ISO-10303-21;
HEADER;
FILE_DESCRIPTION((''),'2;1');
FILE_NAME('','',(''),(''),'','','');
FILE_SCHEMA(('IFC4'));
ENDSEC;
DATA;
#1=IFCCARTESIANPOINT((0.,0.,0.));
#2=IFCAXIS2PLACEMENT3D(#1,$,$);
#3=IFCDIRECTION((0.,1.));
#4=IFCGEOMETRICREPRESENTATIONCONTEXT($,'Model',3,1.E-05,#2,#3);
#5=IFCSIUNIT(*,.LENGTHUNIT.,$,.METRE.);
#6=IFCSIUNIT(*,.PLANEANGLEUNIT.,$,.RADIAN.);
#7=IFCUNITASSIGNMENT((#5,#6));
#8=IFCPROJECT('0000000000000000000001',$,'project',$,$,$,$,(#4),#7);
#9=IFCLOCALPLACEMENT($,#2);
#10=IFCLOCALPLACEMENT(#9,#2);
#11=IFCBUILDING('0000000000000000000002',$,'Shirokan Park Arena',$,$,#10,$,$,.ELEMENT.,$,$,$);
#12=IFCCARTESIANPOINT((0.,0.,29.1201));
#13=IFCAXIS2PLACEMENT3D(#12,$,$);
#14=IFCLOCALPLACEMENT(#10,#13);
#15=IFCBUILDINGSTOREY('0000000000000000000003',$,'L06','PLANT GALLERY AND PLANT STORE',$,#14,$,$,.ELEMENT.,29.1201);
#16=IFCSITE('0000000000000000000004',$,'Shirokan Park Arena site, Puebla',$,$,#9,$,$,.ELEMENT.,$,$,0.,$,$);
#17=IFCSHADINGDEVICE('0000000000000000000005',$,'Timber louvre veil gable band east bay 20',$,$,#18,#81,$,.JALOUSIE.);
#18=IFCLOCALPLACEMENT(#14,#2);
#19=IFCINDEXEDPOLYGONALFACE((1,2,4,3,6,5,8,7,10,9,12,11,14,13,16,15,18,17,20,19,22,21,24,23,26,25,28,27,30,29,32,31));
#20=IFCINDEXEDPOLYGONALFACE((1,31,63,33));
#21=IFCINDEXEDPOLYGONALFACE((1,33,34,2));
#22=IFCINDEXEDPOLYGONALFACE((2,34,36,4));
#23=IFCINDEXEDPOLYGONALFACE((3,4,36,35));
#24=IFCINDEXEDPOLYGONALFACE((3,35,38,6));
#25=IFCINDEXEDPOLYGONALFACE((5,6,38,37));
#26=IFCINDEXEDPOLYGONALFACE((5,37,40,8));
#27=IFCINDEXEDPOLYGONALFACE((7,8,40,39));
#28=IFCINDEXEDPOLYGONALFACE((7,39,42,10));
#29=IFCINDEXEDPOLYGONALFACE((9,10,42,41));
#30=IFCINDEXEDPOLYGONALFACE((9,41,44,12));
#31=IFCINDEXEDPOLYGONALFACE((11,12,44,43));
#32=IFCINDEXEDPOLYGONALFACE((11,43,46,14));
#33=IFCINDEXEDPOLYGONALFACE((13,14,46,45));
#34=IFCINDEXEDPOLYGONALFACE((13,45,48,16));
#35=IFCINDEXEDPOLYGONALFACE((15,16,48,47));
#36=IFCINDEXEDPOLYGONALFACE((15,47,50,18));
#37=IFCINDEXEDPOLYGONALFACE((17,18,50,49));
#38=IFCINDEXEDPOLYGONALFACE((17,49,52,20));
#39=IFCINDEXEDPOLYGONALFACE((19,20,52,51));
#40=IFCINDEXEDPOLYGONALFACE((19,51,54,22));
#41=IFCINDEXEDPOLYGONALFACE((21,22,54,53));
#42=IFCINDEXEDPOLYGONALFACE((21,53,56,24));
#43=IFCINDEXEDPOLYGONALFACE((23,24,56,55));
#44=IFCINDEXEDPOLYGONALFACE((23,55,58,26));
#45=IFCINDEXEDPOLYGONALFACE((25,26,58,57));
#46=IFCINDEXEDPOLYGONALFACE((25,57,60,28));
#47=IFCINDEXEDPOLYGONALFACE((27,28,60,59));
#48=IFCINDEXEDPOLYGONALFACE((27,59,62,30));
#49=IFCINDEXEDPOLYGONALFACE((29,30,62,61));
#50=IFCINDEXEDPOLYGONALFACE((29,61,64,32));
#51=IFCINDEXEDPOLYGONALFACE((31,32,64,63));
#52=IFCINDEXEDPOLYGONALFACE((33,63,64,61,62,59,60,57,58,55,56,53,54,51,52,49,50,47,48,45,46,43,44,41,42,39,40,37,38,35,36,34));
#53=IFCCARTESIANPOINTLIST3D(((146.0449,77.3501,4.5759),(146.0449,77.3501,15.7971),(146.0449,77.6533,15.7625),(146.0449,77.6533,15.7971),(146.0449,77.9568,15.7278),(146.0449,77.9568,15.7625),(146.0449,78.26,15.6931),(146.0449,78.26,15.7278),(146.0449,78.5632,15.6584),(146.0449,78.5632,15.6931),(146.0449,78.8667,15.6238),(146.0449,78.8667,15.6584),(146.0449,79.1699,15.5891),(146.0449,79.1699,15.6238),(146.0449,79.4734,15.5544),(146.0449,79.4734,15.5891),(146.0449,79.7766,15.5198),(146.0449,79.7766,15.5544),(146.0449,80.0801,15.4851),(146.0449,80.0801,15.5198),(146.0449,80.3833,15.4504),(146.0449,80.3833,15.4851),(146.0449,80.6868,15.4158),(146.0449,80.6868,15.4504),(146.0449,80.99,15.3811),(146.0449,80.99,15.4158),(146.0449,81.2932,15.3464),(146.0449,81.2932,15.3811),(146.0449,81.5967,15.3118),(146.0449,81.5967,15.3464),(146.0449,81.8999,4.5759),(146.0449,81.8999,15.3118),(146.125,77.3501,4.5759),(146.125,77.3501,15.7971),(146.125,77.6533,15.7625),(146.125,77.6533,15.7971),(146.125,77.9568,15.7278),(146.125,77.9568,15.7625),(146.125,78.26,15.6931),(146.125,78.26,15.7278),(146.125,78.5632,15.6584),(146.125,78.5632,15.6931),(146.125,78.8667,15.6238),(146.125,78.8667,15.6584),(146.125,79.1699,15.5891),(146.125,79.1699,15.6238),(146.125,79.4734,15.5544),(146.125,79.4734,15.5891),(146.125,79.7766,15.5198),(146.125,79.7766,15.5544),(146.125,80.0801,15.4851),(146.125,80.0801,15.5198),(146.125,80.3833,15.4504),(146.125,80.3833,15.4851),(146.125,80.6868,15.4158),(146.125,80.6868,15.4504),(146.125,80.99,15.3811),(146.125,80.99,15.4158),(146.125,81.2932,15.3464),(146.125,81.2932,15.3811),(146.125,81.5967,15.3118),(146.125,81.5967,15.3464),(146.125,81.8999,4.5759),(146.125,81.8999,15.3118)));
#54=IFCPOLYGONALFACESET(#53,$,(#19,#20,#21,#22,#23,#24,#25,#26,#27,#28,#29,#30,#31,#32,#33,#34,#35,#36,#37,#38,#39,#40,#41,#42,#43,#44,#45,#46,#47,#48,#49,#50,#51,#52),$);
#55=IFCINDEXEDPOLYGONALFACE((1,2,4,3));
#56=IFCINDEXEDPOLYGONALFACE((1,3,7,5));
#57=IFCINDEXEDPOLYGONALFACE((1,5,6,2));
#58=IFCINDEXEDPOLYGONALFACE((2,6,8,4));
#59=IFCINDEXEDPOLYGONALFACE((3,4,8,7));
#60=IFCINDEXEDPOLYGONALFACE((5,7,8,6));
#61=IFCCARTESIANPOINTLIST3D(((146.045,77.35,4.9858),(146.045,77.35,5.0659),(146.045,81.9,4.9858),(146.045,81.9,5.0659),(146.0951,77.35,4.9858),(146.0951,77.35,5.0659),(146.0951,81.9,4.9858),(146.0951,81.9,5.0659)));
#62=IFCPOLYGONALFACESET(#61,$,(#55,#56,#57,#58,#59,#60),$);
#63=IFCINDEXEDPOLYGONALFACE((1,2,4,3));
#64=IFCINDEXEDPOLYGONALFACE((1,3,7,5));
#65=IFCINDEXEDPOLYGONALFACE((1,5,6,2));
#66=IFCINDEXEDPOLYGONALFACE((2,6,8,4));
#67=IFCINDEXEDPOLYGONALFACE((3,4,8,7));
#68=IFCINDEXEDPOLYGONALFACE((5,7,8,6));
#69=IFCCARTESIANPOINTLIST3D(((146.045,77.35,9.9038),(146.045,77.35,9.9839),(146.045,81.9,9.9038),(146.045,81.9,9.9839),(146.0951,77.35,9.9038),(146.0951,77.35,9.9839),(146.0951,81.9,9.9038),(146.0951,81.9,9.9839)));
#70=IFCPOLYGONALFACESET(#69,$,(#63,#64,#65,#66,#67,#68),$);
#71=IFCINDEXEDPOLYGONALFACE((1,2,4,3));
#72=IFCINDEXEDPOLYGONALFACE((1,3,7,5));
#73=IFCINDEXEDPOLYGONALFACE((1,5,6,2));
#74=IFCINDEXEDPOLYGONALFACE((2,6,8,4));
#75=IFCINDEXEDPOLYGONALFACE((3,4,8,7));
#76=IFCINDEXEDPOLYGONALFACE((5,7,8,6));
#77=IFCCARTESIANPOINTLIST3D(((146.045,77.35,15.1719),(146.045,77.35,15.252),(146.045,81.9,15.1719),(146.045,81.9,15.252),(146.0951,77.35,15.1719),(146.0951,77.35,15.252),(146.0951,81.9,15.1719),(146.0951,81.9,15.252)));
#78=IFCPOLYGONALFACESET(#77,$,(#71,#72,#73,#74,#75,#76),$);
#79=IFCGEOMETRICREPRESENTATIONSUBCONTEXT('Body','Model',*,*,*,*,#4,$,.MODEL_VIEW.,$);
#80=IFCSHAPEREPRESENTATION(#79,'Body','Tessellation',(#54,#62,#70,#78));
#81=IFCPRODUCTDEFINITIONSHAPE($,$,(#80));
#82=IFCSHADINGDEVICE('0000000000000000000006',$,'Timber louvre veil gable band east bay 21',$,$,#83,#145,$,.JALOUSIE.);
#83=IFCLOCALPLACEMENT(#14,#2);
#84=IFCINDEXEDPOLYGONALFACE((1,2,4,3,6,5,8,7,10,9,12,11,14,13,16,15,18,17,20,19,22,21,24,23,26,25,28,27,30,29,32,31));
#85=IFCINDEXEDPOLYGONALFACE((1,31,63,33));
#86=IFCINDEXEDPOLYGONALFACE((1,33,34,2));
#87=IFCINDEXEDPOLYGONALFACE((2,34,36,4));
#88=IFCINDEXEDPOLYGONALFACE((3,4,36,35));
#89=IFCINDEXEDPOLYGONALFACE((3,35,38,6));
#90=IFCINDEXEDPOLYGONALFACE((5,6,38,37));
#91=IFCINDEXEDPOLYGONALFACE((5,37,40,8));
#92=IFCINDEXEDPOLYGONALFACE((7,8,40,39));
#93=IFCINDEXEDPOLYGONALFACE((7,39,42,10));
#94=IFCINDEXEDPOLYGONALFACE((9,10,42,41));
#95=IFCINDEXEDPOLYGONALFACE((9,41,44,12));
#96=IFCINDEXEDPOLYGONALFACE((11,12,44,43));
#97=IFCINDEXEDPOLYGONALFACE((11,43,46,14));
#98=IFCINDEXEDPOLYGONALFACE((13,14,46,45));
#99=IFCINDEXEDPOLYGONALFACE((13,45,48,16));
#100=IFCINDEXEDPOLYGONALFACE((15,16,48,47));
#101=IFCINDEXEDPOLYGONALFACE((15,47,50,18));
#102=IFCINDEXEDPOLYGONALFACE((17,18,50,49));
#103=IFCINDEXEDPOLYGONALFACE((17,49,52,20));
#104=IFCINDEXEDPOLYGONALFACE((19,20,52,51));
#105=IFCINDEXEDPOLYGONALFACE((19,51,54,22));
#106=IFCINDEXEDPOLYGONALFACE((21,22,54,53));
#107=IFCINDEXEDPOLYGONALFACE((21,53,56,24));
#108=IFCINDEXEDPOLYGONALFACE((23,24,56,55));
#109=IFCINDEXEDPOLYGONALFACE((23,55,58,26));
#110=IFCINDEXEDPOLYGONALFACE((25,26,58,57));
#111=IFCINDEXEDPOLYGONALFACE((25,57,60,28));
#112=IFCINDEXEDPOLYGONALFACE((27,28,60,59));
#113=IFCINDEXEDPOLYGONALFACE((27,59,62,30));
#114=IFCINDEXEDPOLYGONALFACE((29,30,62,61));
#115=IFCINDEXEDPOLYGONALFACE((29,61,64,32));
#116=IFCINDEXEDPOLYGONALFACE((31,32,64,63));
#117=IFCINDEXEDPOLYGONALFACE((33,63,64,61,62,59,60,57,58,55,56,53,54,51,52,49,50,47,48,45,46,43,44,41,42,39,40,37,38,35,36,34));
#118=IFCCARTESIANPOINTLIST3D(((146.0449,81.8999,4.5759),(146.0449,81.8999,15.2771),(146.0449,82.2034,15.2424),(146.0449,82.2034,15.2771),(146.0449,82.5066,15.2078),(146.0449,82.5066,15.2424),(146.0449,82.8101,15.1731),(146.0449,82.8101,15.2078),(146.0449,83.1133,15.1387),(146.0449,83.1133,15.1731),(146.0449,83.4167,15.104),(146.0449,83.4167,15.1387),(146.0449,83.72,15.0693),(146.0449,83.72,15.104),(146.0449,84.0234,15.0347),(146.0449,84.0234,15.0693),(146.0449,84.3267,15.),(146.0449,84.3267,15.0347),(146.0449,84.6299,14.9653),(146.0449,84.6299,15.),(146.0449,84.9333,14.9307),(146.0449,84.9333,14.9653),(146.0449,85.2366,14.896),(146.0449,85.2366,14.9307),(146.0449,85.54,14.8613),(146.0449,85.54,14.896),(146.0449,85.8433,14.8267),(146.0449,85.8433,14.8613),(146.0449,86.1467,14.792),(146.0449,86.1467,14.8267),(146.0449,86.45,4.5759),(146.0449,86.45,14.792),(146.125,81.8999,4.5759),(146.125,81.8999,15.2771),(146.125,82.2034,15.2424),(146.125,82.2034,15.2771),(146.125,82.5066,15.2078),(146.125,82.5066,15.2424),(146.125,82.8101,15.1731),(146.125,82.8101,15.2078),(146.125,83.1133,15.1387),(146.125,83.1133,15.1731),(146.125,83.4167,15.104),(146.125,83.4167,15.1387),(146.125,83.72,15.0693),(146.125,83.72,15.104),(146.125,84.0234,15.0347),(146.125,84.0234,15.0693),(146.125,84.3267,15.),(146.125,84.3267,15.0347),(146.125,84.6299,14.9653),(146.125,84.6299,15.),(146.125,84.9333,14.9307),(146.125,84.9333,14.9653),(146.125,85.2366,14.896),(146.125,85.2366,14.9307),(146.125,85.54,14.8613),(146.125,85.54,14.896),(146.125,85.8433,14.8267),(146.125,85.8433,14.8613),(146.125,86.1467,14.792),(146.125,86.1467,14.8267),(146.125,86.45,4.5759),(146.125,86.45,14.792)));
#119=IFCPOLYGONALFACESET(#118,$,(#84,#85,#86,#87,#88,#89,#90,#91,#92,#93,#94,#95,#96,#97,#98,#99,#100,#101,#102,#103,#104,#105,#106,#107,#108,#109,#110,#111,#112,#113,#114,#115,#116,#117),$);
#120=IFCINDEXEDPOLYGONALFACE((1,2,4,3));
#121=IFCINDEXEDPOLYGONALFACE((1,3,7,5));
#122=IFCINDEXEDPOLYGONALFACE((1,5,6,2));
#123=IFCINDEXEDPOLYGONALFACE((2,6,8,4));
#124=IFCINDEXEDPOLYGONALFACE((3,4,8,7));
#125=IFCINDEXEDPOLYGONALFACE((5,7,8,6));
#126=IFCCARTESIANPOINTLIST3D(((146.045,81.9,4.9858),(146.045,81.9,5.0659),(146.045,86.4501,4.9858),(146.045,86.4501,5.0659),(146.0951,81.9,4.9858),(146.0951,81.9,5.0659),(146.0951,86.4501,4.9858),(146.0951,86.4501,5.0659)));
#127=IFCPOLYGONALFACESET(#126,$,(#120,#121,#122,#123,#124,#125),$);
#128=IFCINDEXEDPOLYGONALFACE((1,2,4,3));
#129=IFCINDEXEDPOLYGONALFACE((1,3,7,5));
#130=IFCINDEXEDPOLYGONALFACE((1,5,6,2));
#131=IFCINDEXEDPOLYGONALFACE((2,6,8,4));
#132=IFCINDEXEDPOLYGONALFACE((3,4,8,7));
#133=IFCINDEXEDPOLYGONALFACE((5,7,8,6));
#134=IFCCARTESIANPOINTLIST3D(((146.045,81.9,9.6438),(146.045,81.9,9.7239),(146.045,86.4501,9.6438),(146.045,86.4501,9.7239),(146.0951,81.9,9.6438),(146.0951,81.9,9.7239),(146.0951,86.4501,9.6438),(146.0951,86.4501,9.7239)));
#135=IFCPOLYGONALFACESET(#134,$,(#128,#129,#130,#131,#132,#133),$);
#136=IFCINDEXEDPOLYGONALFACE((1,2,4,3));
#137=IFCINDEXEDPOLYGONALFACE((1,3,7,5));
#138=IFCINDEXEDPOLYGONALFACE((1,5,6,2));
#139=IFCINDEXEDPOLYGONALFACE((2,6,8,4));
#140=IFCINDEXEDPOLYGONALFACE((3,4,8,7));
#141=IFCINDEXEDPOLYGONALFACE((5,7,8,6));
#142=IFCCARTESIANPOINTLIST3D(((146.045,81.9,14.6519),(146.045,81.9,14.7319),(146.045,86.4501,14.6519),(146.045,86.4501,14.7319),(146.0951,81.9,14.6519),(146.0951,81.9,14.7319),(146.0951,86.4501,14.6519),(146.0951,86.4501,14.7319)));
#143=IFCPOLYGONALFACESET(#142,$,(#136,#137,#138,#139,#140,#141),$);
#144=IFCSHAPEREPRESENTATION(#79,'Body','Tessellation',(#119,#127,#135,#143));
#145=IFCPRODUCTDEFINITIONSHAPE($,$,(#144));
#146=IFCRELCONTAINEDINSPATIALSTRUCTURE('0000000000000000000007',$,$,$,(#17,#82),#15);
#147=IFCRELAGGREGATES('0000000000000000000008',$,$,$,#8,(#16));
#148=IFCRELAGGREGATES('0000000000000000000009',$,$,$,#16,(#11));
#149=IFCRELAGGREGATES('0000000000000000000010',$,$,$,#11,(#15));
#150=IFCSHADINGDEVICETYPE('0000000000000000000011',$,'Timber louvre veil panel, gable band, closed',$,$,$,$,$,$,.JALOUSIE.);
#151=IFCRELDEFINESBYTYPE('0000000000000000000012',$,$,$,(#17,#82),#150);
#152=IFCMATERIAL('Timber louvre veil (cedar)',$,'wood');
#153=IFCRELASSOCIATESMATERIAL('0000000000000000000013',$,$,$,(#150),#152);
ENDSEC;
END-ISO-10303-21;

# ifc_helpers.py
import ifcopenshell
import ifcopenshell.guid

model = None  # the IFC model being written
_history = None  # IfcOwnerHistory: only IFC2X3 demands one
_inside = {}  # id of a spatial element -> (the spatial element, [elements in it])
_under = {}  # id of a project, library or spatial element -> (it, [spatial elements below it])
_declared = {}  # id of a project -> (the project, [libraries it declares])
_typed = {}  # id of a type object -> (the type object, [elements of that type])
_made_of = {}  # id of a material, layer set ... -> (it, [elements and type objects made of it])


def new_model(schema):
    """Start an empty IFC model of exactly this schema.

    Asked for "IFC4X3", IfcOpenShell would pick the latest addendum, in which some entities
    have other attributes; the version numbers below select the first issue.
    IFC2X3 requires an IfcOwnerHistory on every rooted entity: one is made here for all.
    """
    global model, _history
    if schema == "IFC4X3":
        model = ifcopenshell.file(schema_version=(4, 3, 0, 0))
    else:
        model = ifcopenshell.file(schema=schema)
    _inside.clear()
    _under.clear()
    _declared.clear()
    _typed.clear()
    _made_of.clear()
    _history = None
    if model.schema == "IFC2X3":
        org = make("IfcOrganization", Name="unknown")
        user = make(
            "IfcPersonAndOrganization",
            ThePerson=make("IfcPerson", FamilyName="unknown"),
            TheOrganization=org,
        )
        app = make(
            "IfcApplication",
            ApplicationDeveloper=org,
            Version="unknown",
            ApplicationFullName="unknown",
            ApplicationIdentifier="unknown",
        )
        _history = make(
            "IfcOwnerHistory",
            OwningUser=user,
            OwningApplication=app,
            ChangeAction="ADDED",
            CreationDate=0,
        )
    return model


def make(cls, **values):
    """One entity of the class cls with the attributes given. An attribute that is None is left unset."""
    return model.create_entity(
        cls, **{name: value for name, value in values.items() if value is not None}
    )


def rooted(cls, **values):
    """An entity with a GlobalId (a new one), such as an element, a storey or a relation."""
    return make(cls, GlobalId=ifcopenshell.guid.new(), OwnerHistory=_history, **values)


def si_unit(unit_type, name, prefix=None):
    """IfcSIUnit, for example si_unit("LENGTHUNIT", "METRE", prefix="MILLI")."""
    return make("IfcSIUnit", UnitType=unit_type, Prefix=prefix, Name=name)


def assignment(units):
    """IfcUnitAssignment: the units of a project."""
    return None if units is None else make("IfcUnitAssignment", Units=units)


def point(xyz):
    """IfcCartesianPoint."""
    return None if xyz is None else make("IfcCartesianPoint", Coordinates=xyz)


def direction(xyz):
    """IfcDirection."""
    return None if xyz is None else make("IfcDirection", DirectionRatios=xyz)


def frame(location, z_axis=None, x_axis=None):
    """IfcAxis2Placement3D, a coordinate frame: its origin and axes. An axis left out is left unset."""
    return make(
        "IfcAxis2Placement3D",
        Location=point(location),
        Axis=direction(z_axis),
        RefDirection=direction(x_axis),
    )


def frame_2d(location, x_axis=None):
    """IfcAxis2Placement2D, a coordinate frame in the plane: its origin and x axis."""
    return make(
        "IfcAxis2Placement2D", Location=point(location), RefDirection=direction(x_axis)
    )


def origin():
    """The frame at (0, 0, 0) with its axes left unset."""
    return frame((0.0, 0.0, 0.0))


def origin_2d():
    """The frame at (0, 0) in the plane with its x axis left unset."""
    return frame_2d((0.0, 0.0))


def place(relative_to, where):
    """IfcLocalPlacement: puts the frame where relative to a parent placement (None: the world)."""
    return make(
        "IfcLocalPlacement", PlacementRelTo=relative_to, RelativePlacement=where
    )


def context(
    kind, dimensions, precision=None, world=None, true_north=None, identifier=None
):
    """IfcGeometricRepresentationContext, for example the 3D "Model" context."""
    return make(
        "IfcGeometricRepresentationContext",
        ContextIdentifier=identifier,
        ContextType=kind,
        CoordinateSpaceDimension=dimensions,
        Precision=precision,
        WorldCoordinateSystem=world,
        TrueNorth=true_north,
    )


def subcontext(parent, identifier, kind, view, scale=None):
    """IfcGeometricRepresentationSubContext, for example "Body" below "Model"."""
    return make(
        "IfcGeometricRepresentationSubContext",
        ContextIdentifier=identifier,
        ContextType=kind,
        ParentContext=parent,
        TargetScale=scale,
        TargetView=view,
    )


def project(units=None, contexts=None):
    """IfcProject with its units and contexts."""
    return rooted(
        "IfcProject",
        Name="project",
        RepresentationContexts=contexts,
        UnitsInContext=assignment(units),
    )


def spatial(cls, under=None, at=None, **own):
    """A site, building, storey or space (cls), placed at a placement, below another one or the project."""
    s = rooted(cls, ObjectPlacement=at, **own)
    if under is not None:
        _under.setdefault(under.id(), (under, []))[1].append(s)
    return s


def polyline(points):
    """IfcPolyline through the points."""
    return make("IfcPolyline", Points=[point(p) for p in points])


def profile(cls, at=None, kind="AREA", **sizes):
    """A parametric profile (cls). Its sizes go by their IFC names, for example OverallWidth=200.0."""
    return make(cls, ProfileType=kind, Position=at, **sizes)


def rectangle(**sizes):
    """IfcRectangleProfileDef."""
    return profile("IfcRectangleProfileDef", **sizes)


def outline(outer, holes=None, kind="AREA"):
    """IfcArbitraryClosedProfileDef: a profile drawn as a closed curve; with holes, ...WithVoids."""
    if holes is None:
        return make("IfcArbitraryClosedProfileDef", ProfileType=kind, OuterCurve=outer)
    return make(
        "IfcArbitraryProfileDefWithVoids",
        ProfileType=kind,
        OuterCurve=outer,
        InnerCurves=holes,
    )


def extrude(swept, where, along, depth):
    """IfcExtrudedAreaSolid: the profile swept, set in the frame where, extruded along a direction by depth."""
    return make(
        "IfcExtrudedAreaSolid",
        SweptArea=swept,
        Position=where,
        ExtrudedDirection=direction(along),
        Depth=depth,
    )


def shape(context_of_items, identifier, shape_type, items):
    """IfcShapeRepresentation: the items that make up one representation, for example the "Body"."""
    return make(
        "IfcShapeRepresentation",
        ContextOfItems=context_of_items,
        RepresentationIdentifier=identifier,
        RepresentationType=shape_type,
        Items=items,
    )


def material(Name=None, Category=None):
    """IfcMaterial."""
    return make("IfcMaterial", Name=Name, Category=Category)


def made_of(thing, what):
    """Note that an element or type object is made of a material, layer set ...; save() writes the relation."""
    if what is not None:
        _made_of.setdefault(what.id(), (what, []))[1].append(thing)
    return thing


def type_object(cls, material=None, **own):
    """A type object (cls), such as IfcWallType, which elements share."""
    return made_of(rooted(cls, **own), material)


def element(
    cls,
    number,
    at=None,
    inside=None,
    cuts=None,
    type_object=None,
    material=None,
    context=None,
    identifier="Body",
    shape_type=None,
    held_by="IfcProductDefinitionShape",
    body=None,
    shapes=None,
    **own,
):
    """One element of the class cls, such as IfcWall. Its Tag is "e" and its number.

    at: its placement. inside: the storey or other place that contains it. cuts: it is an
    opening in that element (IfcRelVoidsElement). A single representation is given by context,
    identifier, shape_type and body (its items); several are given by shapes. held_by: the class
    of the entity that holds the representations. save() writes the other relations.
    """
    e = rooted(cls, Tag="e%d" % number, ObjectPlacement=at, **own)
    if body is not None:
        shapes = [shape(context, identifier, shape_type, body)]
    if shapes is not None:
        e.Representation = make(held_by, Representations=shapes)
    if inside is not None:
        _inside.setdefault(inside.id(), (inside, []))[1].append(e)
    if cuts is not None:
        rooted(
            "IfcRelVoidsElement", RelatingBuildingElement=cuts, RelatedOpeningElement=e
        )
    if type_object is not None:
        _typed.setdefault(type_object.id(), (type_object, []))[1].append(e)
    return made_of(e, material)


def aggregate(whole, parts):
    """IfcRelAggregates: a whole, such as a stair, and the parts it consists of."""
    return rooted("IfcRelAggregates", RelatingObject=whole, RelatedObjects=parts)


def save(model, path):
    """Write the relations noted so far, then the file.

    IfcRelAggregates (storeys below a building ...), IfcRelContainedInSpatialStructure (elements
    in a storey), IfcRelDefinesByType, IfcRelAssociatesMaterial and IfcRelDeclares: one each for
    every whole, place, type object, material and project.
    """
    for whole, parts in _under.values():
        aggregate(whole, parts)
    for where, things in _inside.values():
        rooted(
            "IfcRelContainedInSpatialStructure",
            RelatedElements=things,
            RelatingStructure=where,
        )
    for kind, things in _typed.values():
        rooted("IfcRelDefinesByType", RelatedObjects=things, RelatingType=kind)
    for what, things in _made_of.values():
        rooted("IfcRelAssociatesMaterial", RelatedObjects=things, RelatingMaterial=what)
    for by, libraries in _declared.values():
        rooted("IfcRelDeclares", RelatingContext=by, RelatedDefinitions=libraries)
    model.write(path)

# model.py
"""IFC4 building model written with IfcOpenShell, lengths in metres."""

from ifc_helpers import new_model, si_unit, direction, frame, origin, origin_2d, place, context, subcontext, project, spatial, polyline, rectangle, outline, extrude, material, type_object, element, save


model = new_model("IFC4")

# Units and contexts
model_context = context("Model", 3, precision=1e-05, world=origin(), true_north=direction((0.0, 1.0)))
body_context = subcontext(model_context, "Body", "Model", "MODEL_VIEW")
ifc_project = project(units=[si_unit("LENGTHUNIT", "METRE"), si_unit("PLANEANGLEUNIT", "RADIAN")], contexts=[model_context])

# Site, building, storey
site_placement = place(None, origin())
site = spatial("IfcSite", under=ifc_project, at=site_placement, Name="Shirokan Park Arena site, Puebla", CompositionType="ELEMENT", RefElevation=0.0)
building_placement = place(site_placement, origin())
building = spatial("IfcBuilding", under=site, at=building_placement, Name="Shirokan Park Arena", CompositionType="ELEMENT")
storey_placement = place(building_placement, frame((0.0, 0.0, 29.1201)))
storey = spatial("IfcBuildingStorey", under=building, at=storey_placement, Name="L06", Description="PLANT GALLERY AND PLANT STORE", CompositionType="ELEMENT", Elevation=29.1201)

# Shading devices
ifc_material_1 = material(Name="Timber louvre veil (cedar)", Category="wood")
shading_device_type = type_object("IfcShadingDeviceType", Name="Timber louvre veil panel, gable band, closed", PredefinedType="JALOUSIE", material=ifc_material_1)
shading_device_1_placement = place(storey_placement, origin())
element("IfcShadingDevice", 1, at=shading_device_1_placement, inside=storey, type_object=shading_device_type, Name="Timber louvre veil gable band east bay 20", PredefinedType="JALOUSIE", context=body_context, shape_type="SweptSolid", body=[
    extrude(outline(polyline([(81.8999, 4.5759), (81.8999, 15.3118), (81.5967, 15.3118), (81.5967, 15.3464), (81.2932, 15.3464), (81.2932, 15.3811), (80.99, 15.3811), (80.99, 15.4158), (80.6868, 15.4158), (80.6868, 15.4504), (80.3833, 15.4504), (80.3833, 15.4851), (80.0801, 15.4851), (80.0801, 15.5198), (79.7766, 15.5198), (79.7766, 15.5544), (79.4734, 15.5544), (79.4734, 15.5891), (79.1699, 15.5891), (79.1699, 15.6238), (78.8667, 15.6238), (78.8667, 15.6584), (78.5632, 15.6584), (78.5632, 15.6931), (78.26, 15.6931), (78.26, 15.7278), (77.9568, 15.7278), (77.9568, 15.7625), (77.6533, 15.7625), (77.6533, 15.7971), (77.3501, 15.7971), (77.3501, 4.5759), (81.8999, 4.5759)])), frame((146.0449, 0.0, 0.0), z_axis=(1.0, 0.0, 0.0), x_axis=(0.0, 1.0, 0.0)), (0.0, 0.0, 1.0), 0.0801),
    extrude(rectangle(XDim=0.05, YDim=4.55, at=origin_2d()), frame((146.0701, 79.625, 4.9858), z_axis=(0.0, 0.0, 1.0), x_axis=(1.0, 0.0, 0.0)), (0.0, 0.0, 1.0), 0.0801),
    extrude(rectangle(XDim=0.05, YDim=4.55, at=origin_2d()), frame((146.0701, 79.625, 9.9038), z_axis=(0.0, 0.0, 1.0), x_axis=(1.0, 0.0, 0.0)), (0.0, 0.0, 1.0), 0.0801),
    extrude(rectangle(XDim=0.05, YDim=4.55, at=origin_2d()), frame((146.0701, 79.625, 15.1719), z_axis=(0.0, 0.0, 1.0), x_axis=(1.0, 0.0, 0.0)), (0.0, 0.0, 1.0), 0.0801),
])
shading_device_2_placement = place(storey_placement, origin())
element("IfcShadingDevice", 2, at=shading_device_2_placement, inside=storey, type_object=shading_device_type, Name="Timber louvre veil gable band east bay 21", PredefinedType="JALOUSIE", context=body_context, shape_type="SweptSolid", body=[
    extrude(outline(polyline([(86.45, 4.5759), (86.45, 14.792), (86.1467, 14.792), (86.1467, 14.8267), (85.8433, 14.8267), (85.8433, 14.8613), (85.54, 14.8613), (85.54, 14.896), (85.2366, 14.896), (85.2366, 14.9307), (84.9333, 14.9307), (84.9333, 14.9653), (84.6299, 14.9653), (84.6299, 15.0), (84.3267, 15.0), (84.3267, 15.0347), (84.0234, 15.0347), (84.0234, 15.0693), (83.72, 15.0693), (83.72, 15.104), (83.4167, 15.104), (83.4167, 15.1387), (83.1133, 15.1387), (83.1133, 15.1731), (82.8101, 15.1731), (82.8101, 15.2078), (82.5066, 15.2078), (82.5066, 15.2424), (82.2034, 15.2424), (82.2034, 15.2771), (81.8999, 15.2771), (81.8999, 4.5759), (86.45, 4.5759)])), frame((146.0449, 0.0, 0.0), z_axis=(1.0, 0.0, 0.0), x_axis=(0.0, 1.0, 0.0)), (0.0, 0.0, 1.0), 0.0801),
    extrude(rectangle(XDim=0.05, YDim=4.55, at=origin_2d()), frame((146.0701, 84.175, 4.9858), z_axis=(0.0, 0.0, 1.0), x_axis=(1.0, 0.0, 0.0)), (0.0, 0.0, 1.0), 0.0801),
    extrude(rectangle(XDim=0.05, YDim=4.55, at=origin_2d()), frame((146.0701, 84.175, 9.6438), z_axis=(0.0, 0.0, 1.0), x_axis=(1.0, 0.0, 0.0)), (0.0, 0.0, 1.0), 0.0801),
    extrude(rectangle(XDim=0.05, YDim=4.55, at=origin_2d()), frame((146.0701, 84.175, 14.6519), z_axis=(0.0, 0.0, 1.0), x_axis=(1.0, 0.0, 0.0)), (0.0, 0.0, 1.0), 0.0801),
])

save(model, "model.ifc")
